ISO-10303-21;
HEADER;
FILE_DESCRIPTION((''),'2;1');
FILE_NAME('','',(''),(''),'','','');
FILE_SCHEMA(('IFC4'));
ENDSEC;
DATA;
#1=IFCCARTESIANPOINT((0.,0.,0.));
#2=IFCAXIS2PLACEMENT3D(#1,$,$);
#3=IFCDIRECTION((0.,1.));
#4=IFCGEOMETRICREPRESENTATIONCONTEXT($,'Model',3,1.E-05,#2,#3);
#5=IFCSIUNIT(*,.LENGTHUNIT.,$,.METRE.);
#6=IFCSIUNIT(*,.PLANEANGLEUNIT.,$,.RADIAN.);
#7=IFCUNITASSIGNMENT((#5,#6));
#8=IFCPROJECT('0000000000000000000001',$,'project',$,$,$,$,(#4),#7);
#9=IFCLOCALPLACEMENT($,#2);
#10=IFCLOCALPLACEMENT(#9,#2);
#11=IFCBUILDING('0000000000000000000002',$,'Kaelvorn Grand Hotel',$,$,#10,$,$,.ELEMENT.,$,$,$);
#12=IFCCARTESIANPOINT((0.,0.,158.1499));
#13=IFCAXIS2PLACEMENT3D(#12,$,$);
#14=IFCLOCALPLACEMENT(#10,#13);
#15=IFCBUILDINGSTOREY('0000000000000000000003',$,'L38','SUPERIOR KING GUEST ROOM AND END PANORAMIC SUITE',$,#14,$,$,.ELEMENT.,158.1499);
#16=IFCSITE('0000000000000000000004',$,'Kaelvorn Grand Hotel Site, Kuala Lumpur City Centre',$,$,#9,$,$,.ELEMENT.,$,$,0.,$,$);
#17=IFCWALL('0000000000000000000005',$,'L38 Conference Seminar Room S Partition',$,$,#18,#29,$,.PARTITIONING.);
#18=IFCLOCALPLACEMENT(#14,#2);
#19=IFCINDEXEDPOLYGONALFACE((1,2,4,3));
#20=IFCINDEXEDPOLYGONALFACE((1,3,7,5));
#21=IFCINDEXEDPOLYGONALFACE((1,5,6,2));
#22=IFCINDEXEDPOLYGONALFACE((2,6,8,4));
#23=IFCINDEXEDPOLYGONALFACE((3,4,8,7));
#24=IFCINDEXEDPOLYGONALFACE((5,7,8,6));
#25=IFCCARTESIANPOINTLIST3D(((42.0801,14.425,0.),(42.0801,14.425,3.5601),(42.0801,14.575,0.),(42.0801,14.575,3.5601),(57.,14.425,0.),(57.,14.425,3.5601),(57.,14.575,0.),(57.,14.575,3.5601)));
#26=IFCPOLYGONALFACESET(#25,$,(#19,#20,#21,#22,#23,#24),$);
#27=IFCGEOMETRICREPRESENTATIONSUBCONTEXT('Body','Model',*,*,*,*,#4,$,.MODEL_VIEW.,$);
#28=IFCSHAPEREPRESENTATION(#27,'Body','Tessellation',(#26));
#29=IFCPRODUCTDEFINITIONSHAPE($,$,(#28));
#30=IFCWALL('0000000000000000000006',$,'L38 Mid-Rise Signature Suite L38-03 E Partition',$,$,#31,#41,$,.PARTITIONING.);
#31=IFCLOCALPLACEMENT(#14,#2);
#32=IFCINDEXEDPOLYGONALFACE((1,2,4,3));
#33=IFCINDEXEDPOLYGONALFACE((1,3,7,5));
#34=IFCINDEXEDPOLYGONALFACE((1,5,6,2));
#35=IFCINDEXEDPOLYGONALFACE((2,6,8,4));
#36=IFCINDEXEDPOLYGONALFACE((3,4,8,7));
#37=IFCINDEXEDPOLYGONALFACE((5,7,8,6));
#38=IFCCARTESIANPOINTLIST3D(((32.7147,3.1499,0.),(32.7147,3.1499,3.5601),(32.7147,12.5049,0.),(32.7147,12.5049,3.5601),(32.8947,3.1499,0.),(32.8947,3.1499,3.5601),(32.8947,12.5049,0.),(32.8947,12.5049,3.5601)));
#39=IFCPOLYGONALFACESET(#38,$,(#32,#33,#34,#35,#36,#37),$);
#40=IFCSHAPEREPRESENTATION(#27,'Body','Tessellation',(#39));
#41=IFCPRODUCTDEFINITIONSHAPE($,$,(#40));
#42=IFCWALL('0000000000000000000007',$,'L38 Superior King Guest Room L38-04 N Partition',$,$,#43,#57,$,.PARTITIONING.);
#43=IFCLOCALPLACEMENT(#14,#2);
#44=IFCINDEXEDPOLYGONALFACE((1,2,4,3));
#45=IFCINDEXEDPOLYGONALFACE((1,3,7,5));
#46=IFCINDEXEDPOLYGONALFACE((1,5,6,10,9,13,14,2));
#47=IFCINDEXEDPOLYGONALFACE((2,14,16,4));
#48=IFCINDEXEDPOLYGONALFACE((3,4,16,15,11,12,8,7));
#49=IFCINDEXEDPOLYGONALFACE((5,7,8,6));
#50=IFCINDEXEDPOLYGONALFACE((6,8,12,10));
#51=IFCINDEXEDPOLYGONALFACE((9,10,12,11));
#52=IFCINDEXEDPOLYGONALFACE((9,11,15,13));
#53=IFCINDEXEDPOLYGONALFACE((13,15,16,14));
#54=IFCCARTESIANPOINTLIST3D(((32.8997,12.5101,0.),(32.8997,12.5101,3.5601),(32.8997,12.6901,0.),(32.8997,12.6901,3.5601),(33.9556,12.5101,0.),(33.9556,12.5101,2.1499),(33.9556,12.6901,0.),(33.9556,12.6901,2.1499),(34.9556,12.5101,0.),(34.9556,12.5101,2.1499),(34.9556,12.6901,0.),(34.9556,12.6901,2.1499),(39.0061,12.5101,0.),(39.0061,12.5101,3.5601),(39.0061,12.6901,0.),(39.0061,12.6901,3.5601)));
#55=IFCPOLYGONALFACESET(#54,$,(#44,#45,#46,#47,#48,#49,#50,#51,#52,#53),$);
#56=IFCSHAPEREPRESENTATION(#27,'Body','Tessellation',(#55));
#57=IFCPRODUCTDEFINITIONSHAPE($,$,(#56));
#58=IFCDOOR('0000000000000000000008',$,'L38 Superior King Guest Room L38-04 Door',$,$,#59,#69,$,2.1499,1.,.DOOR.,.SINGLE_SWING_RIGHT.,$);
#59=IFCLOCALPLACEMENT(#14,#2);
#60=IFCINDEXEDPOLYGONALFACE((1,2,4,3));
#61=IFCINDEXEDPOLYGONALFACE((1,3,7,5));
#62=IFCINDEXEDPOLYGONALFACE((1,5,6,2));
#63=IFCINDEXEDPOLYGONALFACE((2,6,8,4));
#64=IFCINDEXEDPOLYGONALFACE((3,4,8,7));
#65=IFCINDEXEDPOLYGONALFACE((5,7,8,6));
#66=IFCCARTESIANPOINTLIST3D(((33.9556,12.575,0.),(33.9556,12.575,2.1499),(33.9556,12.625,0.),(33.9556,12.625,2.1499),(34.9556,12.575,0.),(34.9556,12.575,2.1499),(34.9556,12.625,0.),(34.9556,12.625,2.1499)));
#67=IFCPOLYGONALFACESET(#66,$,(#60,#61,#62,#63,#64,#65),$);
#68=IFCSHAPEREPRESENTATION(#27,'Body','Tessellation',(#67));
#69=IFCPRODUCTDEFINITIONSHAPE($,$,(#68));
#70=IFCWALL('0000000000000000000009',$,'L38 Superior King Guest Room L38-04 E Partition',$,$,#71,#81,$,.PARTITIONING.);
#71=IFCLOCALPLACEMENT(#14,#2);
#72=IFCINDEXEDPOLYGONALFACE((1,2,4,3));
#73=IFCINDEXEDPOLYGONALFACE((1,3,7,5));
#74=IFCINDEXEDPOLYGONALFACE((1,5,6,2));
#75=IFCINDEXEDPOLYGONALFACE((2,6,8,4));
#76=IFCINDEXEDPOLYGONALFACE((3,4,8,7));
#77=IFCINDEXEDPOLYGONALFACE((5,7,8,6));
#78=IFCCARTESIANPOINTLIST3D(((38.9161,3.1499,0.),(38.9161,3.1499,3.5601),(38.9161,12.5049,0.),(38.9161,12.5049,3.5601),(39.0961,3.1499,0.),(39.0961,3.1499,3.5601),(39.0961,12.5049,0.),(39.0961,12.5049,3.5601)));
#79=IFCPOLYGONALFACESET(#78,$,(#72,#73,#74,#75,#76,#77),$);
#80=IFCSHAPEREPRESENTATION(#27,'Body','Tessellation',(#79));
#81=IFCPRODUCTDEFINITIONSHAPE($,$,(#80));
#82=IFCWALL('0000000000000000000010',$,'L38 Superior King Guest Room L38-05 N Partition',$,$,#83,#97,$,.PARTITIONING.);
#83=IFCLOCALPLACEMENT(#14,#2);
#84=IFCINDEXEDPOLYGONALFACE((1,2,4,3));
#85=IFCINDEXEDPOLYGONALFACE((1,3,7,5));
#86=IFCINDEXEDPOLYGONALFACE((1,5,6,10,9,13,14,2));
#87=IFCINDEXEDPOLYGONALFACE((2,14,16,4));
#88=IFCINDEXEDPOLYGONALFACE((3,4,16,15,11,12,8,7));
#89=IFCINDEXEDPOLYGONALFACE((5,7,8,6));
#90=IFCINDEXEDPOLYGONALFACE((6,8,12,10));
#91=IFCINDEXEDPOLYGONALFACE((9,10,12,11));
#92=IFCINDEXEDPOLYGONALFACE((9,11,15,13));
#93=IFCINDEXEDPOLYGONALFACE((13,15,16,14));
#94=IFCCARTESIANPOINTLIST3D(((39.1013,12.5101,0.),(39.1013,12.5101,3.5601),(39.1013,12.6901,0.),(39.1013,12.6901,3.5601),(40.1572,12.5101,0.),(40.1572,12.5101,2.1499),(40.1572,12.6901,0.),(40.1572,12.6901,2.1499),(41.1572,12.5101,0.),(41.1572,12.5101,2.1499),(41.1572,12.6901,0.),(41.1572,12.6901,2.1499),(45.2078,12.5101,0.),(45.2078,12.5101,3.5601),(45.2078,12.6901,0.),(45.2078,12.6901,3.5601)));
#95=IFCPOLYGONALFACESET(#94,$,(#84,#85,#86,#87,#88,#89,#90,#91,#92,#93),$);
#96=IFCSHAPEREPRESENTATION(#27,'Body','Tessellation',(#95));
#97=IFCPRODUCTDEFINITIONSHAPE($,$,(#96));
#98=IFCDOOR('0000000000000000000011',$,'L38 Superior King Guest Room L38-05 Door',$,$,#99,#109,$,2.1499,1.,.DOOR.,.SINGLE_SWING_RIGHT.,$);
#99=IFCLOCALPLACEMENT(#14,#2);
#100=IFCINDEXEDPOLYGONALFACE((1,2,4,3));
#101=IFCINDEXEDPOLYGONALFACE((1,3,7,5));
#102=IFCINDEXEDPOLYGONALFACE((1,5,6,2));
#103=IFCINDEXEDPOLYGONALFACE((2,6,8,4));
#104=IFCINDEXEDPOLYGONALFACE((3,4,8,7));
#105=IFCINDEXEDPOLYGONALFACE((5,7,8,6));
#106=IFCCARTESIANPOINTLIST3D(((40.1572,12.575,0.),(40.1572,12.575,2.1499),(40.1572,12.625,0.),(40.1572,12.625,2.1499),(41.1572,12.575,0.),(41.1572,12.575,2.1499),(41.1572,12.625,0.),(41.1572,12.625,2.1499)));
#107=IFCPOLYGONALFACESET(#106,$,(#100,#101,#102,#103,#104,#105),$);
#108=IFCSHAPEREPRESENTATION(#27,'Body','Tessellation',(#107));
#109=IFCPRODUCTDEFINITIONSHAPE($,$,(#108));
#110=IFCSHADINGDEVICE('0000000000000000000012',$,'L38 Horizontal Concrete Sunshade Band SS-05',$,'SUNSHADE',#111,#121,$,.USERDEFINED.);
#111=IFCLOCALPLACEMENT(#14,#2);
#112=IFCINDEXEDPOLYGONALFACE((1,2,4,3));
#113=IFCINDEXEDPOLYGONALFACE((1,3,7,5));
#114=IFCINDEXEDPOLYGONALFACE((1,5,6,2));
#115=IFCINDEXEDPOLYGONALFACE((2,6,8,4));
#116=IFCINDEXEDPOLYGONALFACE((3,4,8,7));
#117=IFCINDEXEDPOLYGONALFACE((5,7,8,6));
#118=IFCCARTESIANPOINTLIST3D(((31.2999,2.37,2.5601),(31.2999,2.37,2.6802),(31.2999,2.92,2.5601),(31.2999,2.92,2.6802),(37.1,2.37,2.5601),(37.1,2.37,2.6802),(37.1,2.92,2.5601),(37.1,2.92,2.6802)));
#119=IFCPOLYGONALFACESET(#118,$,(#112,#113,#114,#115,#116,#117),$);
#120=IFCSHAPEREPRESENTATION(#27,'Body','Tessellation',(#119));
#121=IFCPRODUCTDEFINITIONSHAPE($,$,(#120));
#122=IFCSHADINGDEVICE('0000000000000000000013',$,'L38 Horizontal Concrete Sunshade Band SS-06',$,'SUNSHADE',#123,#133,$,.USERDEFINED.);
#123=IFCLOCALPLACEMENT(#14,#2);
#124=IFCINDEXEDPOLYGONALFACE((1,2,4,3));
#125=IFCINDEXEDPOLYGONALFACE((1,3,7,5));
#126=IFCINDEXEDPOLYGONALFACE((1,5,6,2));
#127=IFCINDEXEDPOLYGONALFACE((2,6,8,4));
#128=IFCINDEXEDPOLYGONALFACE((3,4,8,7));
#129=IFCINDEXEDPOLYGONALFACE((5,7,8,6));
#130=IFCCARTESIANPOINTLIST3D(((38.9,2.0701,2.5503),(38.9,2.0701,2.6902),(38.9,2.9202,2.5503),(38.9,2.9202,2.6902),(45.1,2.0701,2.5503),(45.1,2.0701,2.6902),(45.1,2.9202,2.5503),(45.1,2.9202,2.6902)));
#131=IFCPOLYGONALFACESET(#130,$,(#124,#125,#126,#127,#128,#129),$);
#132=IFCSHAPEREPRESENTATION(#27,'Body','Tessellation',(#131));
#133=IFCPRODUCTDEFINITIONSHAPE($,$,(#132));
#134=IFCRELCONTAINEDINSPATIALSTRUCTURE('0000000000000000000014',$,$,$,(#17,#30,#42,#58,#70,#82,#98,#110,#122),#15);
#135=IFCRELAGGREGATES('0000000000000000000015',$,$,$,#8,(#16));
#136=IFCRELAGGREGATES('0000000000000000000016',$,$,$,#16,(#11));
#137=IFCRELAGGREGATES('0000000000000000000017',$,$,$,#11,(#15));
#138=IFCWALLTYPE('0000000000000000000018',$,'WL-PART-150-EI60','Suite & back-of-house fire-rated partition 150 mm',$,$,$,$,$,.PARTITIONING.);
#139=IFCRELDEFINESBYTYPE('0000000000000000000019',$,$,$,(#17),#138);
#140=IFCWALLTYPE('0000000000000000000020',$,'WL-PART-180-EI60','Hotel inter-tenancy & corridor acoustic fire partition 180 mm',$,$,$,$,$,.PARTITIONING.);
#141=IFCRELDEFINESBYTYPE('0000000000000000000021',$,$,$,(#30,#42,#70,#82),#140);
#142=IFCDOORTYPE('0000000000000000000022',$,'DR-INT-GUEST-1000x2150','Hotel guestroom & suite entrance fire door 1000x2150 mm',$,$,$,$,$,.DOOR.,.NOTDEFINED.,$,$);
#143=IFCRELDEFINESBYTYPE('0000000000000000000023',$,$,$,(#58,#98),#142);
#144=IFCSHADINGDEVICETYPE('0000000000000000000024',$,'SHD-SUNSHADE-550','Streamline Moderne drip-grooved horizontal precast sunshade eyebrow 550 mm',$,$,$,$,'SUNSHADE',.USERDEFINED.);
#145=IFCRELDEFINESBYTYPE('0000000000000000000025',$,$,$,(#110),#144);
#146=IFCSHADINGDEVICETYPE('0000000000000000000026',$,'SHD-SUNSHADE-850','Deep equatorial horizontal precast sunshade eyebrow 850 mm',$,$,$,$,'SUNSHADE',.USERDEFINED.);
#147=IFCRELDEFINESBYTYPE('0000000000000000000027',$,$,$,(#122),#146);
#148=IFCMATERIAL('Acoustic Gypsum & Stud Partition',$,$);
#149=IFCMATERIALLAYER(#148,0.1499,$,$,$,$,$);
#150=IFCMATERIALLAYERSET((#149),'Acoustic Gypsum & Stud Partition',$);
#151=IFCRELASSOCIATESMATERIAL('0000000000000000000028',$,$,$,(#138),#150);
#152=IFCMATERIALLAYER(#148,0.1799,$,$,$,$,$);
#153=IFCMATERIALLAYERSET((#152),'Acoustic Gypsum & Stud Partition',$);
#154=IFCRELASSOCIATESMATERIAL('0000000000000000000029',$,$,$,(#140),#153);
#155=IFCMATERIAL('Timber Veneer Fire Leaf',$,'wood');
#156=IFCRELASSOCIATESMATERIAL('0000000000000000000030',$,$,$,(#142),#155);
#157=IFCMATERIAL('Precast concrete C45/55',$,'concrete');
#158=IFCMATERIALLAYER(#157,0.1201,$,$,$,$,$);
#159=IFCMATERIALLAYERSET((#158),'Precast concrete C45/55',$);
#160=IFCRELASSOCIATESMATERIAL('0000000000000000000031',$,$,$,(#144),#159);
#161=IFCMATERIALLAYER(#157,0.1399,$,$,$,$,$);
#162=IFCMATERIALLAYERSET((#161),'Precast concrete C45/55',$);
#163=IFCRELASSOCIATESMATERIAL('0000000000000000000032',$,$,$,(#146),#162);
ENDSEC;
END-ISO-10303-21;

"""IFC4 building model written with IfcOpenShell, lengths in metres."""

from ifc_helpers import new_model, si_unit, direction, frame, frame_2d, origin, origin_2d, place, context, subcontext, project, spatial, rectangle, extrude, material, layer, layer_set, type_object, element, fill, save


model = new_model("IFC4")

# Units and contexts
model_context = context("Model", 3, precision=1e-05, world=origin(), true_north=direction((0.0, 1.0)))
body_context = subcontext(model_context, "Body", "Model", "MODEL_VIEW")
ifc_project = project(units=[si_unit("LENGTHUNIT", "METRE"), si_unit("PLANEANGLEUNIT", "RADIAN")], contexts=[model_context])

# Site, building, storey
site_placement = place(None, origin())
site = spatial("IfcSite", under=ifc_project, at=site_placement, Name="Kaelvorn Grand Hotel Site, Kuala Lumpur City Centre", CompositionType="ELEMENT", RefElevation=0.0)
building_placement = place(site_placement, origin())
building = spatial("IfcBuilding", under=site, at=building_placement, Name="Kaelvorn Grand Hotel", CompositionType="ELEMENT")
storey_placement = place(building_placement, frame((0.0, 0.0, 158.1499)))
storey = spatial("IfcBuildingStorey", under=building, at=storey_placement, Name="L38", Description="SUPERIOR KING GUEST ROOM AND END PANORAMIC SUITE", CompositionType="ELEMENT", Elevation=158.1499)

# Walls
ifc_material_1 = material(Name="Acoustic Gypsum & Stud Partition")
ifc_layer_1 = layer(ifc_material_1, 0.1499)
ifc_layer_set_1 = layer_set([ifc_layer_1], Name="Acoustic Gypsum & Stud Partition")
wall_type_1 = type_object("IfcWallType", Name="WL-PART-150-EI60", Description="Suite & back-of-house fire-rated partition 150 mm", PredefinedType="PARTITIONING", material=ifc_layer_set_1)
wall_1_placement = place(storey_placement, frame((42.0801, 14.5, 0.0), z_axis=(0.0, 0.0, 1.0), x_axis=(1.0, 0.0, 0.0)))
element("IfcWall", 1, at=wall_1_placement, inside=storey, type_object=wall_type_1, Name="L38 Conference Seminar Room S Partition", PredefinedType="PARTITIONING", context=body_context, shape_type="SweptSolid", body=[
    extrude(rectangle(XDim=14.9199, YDim=0.1499, at=frame_2d((7.46, 0.0))), origin(), (0.0, 0.0, 1.0), 3.5601),
])
ifc_layer_2 = layer(ifc_material_1, 0.1799)
ifc_layer_set_2 = layer_set([ifc_layer_2], Name="Acoustic Gypsum & Stud Partition")
wall_type_2 = type_object("IfcWallType", Name="WL-PART-180-EI60", Description="Hotel inter-tenancy & corridor acoustic fire partition 180 mm", PredefinedType="PARTITIONING", material=ifc_layer_set_2)
wall_2_placement = place(storey_placement, frame((32.8047, 3.1499, 0.0), z_axis=(0.0, 0.0, 1.0), x_axis=(0.0, 1.0, 0.0)))
element("IfcWall", 2, at=wall_2_placement, inside=storey, type_object=wall_type_2, Name="L38 Mid-Rise Signature Suite L38-03 E Partition", PredefinedType="PARTITIONING", context=body_context, shape_type="SweptSolid", body=[
    extrude(rectangle(XDim=9.355, YDim=0.1799, at=frame_2d((4.6775, 0.0))), origin(), (0.0, 0.0, 1.0), 3.5601),
])

# Wall, opening, door
wall_3_placement = place(storey_placement, frame((32.8997, 12.6001, 0.0), z_axis=(0.0, 0.0, 1.0), x_axis=(1.0, 0.0, 0.0)))
wall_3 = element("IfcWall", 3, at=wall_3_placement, inside=storey, type_object=wall_type_2, Name="L38 Superior King Guest Room L38-04 N Partition", PredefinedType="PARTITIONING", context=body_context, shape_type="SweptSolid", body=[
    extrude(rectangle(XDim=6.1064, YDim=0.1799, at=frame_2d((3.0532, 0.0))), origin(), (0.0, 0.0, 1.0), 3.5601),
])
opening_1_placement = place(wall_3_placement, frame((1.0559, 0.0, 0.0)))
opening_1 = element("IfcOpeningElement", 4, at=opening_1_placement, cuts=wall_3, PredefinedType="OPENING", context=body_context, shape_type="SweptSolid", body=[
    extrude(rectangle(XDim=1.0, YDim=2.1499, at=frame_2d((0.5, 1.075))), frame((0.0, 0.1001, 0.0), z_axis=(0.0, -1.0, 0.0), x_axis=(1.0, 0.0, 0.0)), (0.0, 0.0, 1.0), 0.2),
])
ifc_material_2 = material(Name="Timber Veneer Fire Leaf", Category="wood")
door_type_1 = type_object("IfcDoorType", Name="DR-INT-GUEST-1000x2150", Description="Hotel guestroom & suite entrance fire door 1000x2150 mm", OperationType="NOTDEFINED", PredefinedType="DOOR", material=ifc_material_2)
door_1_placement = place(opening_1_placement, origin())
door_1 = element("IfcDoor", 5, at=door_1_placement, inside=storey, type_object=door_type_1, Name="L38 Superior King Guest Room L38-04 Door", OperationType="SINGLE_SWING_RIGHT", OverallHeight=2.1499, OverallWidth=1.0, PredefinedType="DOOR", context=body_context, shape_type="SweptSolid", body=[
    extrude(rectangle(XDim=1.0, YDim=2.1499, at=frame_2d((0.5, 1.075))), frame((0.0, 0.0249, 0.0), z_axis=(0.0, -1.0, 0.0), x_axis=(1.0, 0.0, 0.0)), (0.0, 0.0, 1.0), 0.05),
])
fill(opening_1, door_1)

# Wall
wall_4_placement = place(storey_placement, frame((39.0061, 3.1499, 0.0), z_axis=(0.0, 0.0, 1.0), x_axis=(0.0, 1.0, 0.0)))
element("IfcWall", 6, at=wall_4_placement, inside=storey, type_object=wall_type_2, Name="L38 Superior King Guest Room L38-04 E Partition", PredefinedType="PARTITIONING", context=body_context, shape_type="SweptSolid", body=[
    extrude(rectangle(XDim=9.355, YDim=0.1799, at=frame_2d((4.6775, 0.0))), origin(), (0.0, 0.0, 1.0), 3.5601),
])

# Wall, opening, door
wall_5_placement = place(storey_placement, frame((39.1013, 12.6001, 0.0), z_axis=(0.0, 0.0, 1.0), x_axis=(1.0, 0.0, 0.0)))
wall_5 = element("IfcWall", 7, at=wall_5_placement, inside=storey, type_object=wall_type_2, Name="L38 Superior King Guest Room L38-05 N Partition", PredefinedType="PARTITIONING", context=body_context, shape_type="SweptSolid", body=[
    extrude(rectangle(XDim=6.1064, YDim=0.1799, at=frame_2d((3.0532, 0.0))), origin(), (0.0, 0.0, 1.0), 3.5601),
])
opening_2_placement = place(wall_5_placement, frame((1.0559, 0.0, 0.0)))
opening_2 = element("IfcOpeningElement", 8, at=opening_2_placement, cuts=wall_5, PredefinedType="OPENING", context=body_context, shape_type="SweptSolid", body=[
    extrude(rectangle(XDim=1.0, YDim=2.1499, at=frame_2d((0.5, 1.075))), frame((0.0, 0.1001, 0.0), z_axis=(0.0, -1.0, 0.0), x_axis=(1.0, 0.0, 0.0)), (0.0, 0.0, 1.0), 0.2),
])
door_2_placement = place(opening_2_placement, origin())
door_2 = element("IfcDoor", 9, at=door_2_placement, inside=storey, type_object=door_type_1, Name="L38 Superior King Guest Room L38-05 Door", OperationType="SINGLE_SWING_RIGHT", OverallHeight=2.1499, OverallWidth=1.0, PredefinedType="DOOR", context=body_context, shape_type="SweptSolid", body=[
    extrude(rectangle(XDim=1.0, YDim=2.1499, at=frame_2d((0.5, 1.075))), frame((0.0, 0.0249, 0.0), z_axis=(0.0, -1.0, 0.0), x_axis=(1.0, 0.0, 0.0)), (0.0, 0.0, 1.0), 0.05),
])
fill(opening_2, door_2)

# Shading devices
ifc_material_3 = material(Name="Precast concrete C45/55", Category="concrete")
ifc_layer_3 = layer(ifc_material_3, 0.1201)
ifc_layer_set_3 = layer_set([ifc_layer_3], Name="Precast concrete C45/55")
shading_device_type_1 = type_object("IfcShadingDeviceType", Name="SHD-SUNSHADE-550", Description="Streamline Moderne drip-grooved horizontal precast sunshade eyebrow 550 mm", ElementType="SUNSHADE", PredefinedType="USERDEFINED", material=ifc_layer_set_3)
shading_device_1_placement = place(storey_placement, frame((34.2, 2.645, 2.5601), z_axis=(0.0, 0.0, 1.0), x_axis=(1.0, 0.0, 0.0)))
element("IfcShadingDevice", 10, at=shading_device_1_placement, inside=storey, type_object=shading_device_type_1, Name="L38 Horizontal Concrete Sunshade Band SS-05", ObjectType="SUNSHADE", PredefinedType="USERDEFINED", context=body_context, shape_type="SweptSolid", body=[
    extrude(rectangle(XDim=5.8, YDim=0.55, at=origin_2d()), origin(), (0.0, 0.0, 1.0), 0.1201),
])
ifc_layer_4 = layer(ifc_material_3, 0.1399)
ifc_layer_set_4 = layer_set([ifc_layer_4], Name="Precast concrete C45/55")
shading_device_type_2 = type_object("IfcShadingDeviceType", Name="SHD-SUNSHADE-850", Description="Deep equatorial horizontal precast sunshade eyebrow 850 mm", ElementType="SUNSHADE", PredefinedType="USERDEFINED", material=ifc_layer_set_4)
shading_device_2_placement = place(storey_placement, frame((42.0, 2.4951, 2.5503), z_axis=(0.0, 0.0, 1.0), x_axis=(1.0, 0.0, 0.0)))
element("IfcShadingDevice", 11, at=shading_device_2_placement, inside=storey, type_object=shading_device_type_2, Name="L38 Horizontal Concrete Sunshade Band SS-06", ObjectType="SUNSHADE", PredefinedType="USERDEFINED", context=body_context, shape_type="SweptSolid", body=[
    extrude(rectangle(XDim=6.2, YDim=0.8501, at=origin_2d()), origin(), (0.0, 0.0, 1.0), 0.1399),
])

save(model, "model.ifc")
